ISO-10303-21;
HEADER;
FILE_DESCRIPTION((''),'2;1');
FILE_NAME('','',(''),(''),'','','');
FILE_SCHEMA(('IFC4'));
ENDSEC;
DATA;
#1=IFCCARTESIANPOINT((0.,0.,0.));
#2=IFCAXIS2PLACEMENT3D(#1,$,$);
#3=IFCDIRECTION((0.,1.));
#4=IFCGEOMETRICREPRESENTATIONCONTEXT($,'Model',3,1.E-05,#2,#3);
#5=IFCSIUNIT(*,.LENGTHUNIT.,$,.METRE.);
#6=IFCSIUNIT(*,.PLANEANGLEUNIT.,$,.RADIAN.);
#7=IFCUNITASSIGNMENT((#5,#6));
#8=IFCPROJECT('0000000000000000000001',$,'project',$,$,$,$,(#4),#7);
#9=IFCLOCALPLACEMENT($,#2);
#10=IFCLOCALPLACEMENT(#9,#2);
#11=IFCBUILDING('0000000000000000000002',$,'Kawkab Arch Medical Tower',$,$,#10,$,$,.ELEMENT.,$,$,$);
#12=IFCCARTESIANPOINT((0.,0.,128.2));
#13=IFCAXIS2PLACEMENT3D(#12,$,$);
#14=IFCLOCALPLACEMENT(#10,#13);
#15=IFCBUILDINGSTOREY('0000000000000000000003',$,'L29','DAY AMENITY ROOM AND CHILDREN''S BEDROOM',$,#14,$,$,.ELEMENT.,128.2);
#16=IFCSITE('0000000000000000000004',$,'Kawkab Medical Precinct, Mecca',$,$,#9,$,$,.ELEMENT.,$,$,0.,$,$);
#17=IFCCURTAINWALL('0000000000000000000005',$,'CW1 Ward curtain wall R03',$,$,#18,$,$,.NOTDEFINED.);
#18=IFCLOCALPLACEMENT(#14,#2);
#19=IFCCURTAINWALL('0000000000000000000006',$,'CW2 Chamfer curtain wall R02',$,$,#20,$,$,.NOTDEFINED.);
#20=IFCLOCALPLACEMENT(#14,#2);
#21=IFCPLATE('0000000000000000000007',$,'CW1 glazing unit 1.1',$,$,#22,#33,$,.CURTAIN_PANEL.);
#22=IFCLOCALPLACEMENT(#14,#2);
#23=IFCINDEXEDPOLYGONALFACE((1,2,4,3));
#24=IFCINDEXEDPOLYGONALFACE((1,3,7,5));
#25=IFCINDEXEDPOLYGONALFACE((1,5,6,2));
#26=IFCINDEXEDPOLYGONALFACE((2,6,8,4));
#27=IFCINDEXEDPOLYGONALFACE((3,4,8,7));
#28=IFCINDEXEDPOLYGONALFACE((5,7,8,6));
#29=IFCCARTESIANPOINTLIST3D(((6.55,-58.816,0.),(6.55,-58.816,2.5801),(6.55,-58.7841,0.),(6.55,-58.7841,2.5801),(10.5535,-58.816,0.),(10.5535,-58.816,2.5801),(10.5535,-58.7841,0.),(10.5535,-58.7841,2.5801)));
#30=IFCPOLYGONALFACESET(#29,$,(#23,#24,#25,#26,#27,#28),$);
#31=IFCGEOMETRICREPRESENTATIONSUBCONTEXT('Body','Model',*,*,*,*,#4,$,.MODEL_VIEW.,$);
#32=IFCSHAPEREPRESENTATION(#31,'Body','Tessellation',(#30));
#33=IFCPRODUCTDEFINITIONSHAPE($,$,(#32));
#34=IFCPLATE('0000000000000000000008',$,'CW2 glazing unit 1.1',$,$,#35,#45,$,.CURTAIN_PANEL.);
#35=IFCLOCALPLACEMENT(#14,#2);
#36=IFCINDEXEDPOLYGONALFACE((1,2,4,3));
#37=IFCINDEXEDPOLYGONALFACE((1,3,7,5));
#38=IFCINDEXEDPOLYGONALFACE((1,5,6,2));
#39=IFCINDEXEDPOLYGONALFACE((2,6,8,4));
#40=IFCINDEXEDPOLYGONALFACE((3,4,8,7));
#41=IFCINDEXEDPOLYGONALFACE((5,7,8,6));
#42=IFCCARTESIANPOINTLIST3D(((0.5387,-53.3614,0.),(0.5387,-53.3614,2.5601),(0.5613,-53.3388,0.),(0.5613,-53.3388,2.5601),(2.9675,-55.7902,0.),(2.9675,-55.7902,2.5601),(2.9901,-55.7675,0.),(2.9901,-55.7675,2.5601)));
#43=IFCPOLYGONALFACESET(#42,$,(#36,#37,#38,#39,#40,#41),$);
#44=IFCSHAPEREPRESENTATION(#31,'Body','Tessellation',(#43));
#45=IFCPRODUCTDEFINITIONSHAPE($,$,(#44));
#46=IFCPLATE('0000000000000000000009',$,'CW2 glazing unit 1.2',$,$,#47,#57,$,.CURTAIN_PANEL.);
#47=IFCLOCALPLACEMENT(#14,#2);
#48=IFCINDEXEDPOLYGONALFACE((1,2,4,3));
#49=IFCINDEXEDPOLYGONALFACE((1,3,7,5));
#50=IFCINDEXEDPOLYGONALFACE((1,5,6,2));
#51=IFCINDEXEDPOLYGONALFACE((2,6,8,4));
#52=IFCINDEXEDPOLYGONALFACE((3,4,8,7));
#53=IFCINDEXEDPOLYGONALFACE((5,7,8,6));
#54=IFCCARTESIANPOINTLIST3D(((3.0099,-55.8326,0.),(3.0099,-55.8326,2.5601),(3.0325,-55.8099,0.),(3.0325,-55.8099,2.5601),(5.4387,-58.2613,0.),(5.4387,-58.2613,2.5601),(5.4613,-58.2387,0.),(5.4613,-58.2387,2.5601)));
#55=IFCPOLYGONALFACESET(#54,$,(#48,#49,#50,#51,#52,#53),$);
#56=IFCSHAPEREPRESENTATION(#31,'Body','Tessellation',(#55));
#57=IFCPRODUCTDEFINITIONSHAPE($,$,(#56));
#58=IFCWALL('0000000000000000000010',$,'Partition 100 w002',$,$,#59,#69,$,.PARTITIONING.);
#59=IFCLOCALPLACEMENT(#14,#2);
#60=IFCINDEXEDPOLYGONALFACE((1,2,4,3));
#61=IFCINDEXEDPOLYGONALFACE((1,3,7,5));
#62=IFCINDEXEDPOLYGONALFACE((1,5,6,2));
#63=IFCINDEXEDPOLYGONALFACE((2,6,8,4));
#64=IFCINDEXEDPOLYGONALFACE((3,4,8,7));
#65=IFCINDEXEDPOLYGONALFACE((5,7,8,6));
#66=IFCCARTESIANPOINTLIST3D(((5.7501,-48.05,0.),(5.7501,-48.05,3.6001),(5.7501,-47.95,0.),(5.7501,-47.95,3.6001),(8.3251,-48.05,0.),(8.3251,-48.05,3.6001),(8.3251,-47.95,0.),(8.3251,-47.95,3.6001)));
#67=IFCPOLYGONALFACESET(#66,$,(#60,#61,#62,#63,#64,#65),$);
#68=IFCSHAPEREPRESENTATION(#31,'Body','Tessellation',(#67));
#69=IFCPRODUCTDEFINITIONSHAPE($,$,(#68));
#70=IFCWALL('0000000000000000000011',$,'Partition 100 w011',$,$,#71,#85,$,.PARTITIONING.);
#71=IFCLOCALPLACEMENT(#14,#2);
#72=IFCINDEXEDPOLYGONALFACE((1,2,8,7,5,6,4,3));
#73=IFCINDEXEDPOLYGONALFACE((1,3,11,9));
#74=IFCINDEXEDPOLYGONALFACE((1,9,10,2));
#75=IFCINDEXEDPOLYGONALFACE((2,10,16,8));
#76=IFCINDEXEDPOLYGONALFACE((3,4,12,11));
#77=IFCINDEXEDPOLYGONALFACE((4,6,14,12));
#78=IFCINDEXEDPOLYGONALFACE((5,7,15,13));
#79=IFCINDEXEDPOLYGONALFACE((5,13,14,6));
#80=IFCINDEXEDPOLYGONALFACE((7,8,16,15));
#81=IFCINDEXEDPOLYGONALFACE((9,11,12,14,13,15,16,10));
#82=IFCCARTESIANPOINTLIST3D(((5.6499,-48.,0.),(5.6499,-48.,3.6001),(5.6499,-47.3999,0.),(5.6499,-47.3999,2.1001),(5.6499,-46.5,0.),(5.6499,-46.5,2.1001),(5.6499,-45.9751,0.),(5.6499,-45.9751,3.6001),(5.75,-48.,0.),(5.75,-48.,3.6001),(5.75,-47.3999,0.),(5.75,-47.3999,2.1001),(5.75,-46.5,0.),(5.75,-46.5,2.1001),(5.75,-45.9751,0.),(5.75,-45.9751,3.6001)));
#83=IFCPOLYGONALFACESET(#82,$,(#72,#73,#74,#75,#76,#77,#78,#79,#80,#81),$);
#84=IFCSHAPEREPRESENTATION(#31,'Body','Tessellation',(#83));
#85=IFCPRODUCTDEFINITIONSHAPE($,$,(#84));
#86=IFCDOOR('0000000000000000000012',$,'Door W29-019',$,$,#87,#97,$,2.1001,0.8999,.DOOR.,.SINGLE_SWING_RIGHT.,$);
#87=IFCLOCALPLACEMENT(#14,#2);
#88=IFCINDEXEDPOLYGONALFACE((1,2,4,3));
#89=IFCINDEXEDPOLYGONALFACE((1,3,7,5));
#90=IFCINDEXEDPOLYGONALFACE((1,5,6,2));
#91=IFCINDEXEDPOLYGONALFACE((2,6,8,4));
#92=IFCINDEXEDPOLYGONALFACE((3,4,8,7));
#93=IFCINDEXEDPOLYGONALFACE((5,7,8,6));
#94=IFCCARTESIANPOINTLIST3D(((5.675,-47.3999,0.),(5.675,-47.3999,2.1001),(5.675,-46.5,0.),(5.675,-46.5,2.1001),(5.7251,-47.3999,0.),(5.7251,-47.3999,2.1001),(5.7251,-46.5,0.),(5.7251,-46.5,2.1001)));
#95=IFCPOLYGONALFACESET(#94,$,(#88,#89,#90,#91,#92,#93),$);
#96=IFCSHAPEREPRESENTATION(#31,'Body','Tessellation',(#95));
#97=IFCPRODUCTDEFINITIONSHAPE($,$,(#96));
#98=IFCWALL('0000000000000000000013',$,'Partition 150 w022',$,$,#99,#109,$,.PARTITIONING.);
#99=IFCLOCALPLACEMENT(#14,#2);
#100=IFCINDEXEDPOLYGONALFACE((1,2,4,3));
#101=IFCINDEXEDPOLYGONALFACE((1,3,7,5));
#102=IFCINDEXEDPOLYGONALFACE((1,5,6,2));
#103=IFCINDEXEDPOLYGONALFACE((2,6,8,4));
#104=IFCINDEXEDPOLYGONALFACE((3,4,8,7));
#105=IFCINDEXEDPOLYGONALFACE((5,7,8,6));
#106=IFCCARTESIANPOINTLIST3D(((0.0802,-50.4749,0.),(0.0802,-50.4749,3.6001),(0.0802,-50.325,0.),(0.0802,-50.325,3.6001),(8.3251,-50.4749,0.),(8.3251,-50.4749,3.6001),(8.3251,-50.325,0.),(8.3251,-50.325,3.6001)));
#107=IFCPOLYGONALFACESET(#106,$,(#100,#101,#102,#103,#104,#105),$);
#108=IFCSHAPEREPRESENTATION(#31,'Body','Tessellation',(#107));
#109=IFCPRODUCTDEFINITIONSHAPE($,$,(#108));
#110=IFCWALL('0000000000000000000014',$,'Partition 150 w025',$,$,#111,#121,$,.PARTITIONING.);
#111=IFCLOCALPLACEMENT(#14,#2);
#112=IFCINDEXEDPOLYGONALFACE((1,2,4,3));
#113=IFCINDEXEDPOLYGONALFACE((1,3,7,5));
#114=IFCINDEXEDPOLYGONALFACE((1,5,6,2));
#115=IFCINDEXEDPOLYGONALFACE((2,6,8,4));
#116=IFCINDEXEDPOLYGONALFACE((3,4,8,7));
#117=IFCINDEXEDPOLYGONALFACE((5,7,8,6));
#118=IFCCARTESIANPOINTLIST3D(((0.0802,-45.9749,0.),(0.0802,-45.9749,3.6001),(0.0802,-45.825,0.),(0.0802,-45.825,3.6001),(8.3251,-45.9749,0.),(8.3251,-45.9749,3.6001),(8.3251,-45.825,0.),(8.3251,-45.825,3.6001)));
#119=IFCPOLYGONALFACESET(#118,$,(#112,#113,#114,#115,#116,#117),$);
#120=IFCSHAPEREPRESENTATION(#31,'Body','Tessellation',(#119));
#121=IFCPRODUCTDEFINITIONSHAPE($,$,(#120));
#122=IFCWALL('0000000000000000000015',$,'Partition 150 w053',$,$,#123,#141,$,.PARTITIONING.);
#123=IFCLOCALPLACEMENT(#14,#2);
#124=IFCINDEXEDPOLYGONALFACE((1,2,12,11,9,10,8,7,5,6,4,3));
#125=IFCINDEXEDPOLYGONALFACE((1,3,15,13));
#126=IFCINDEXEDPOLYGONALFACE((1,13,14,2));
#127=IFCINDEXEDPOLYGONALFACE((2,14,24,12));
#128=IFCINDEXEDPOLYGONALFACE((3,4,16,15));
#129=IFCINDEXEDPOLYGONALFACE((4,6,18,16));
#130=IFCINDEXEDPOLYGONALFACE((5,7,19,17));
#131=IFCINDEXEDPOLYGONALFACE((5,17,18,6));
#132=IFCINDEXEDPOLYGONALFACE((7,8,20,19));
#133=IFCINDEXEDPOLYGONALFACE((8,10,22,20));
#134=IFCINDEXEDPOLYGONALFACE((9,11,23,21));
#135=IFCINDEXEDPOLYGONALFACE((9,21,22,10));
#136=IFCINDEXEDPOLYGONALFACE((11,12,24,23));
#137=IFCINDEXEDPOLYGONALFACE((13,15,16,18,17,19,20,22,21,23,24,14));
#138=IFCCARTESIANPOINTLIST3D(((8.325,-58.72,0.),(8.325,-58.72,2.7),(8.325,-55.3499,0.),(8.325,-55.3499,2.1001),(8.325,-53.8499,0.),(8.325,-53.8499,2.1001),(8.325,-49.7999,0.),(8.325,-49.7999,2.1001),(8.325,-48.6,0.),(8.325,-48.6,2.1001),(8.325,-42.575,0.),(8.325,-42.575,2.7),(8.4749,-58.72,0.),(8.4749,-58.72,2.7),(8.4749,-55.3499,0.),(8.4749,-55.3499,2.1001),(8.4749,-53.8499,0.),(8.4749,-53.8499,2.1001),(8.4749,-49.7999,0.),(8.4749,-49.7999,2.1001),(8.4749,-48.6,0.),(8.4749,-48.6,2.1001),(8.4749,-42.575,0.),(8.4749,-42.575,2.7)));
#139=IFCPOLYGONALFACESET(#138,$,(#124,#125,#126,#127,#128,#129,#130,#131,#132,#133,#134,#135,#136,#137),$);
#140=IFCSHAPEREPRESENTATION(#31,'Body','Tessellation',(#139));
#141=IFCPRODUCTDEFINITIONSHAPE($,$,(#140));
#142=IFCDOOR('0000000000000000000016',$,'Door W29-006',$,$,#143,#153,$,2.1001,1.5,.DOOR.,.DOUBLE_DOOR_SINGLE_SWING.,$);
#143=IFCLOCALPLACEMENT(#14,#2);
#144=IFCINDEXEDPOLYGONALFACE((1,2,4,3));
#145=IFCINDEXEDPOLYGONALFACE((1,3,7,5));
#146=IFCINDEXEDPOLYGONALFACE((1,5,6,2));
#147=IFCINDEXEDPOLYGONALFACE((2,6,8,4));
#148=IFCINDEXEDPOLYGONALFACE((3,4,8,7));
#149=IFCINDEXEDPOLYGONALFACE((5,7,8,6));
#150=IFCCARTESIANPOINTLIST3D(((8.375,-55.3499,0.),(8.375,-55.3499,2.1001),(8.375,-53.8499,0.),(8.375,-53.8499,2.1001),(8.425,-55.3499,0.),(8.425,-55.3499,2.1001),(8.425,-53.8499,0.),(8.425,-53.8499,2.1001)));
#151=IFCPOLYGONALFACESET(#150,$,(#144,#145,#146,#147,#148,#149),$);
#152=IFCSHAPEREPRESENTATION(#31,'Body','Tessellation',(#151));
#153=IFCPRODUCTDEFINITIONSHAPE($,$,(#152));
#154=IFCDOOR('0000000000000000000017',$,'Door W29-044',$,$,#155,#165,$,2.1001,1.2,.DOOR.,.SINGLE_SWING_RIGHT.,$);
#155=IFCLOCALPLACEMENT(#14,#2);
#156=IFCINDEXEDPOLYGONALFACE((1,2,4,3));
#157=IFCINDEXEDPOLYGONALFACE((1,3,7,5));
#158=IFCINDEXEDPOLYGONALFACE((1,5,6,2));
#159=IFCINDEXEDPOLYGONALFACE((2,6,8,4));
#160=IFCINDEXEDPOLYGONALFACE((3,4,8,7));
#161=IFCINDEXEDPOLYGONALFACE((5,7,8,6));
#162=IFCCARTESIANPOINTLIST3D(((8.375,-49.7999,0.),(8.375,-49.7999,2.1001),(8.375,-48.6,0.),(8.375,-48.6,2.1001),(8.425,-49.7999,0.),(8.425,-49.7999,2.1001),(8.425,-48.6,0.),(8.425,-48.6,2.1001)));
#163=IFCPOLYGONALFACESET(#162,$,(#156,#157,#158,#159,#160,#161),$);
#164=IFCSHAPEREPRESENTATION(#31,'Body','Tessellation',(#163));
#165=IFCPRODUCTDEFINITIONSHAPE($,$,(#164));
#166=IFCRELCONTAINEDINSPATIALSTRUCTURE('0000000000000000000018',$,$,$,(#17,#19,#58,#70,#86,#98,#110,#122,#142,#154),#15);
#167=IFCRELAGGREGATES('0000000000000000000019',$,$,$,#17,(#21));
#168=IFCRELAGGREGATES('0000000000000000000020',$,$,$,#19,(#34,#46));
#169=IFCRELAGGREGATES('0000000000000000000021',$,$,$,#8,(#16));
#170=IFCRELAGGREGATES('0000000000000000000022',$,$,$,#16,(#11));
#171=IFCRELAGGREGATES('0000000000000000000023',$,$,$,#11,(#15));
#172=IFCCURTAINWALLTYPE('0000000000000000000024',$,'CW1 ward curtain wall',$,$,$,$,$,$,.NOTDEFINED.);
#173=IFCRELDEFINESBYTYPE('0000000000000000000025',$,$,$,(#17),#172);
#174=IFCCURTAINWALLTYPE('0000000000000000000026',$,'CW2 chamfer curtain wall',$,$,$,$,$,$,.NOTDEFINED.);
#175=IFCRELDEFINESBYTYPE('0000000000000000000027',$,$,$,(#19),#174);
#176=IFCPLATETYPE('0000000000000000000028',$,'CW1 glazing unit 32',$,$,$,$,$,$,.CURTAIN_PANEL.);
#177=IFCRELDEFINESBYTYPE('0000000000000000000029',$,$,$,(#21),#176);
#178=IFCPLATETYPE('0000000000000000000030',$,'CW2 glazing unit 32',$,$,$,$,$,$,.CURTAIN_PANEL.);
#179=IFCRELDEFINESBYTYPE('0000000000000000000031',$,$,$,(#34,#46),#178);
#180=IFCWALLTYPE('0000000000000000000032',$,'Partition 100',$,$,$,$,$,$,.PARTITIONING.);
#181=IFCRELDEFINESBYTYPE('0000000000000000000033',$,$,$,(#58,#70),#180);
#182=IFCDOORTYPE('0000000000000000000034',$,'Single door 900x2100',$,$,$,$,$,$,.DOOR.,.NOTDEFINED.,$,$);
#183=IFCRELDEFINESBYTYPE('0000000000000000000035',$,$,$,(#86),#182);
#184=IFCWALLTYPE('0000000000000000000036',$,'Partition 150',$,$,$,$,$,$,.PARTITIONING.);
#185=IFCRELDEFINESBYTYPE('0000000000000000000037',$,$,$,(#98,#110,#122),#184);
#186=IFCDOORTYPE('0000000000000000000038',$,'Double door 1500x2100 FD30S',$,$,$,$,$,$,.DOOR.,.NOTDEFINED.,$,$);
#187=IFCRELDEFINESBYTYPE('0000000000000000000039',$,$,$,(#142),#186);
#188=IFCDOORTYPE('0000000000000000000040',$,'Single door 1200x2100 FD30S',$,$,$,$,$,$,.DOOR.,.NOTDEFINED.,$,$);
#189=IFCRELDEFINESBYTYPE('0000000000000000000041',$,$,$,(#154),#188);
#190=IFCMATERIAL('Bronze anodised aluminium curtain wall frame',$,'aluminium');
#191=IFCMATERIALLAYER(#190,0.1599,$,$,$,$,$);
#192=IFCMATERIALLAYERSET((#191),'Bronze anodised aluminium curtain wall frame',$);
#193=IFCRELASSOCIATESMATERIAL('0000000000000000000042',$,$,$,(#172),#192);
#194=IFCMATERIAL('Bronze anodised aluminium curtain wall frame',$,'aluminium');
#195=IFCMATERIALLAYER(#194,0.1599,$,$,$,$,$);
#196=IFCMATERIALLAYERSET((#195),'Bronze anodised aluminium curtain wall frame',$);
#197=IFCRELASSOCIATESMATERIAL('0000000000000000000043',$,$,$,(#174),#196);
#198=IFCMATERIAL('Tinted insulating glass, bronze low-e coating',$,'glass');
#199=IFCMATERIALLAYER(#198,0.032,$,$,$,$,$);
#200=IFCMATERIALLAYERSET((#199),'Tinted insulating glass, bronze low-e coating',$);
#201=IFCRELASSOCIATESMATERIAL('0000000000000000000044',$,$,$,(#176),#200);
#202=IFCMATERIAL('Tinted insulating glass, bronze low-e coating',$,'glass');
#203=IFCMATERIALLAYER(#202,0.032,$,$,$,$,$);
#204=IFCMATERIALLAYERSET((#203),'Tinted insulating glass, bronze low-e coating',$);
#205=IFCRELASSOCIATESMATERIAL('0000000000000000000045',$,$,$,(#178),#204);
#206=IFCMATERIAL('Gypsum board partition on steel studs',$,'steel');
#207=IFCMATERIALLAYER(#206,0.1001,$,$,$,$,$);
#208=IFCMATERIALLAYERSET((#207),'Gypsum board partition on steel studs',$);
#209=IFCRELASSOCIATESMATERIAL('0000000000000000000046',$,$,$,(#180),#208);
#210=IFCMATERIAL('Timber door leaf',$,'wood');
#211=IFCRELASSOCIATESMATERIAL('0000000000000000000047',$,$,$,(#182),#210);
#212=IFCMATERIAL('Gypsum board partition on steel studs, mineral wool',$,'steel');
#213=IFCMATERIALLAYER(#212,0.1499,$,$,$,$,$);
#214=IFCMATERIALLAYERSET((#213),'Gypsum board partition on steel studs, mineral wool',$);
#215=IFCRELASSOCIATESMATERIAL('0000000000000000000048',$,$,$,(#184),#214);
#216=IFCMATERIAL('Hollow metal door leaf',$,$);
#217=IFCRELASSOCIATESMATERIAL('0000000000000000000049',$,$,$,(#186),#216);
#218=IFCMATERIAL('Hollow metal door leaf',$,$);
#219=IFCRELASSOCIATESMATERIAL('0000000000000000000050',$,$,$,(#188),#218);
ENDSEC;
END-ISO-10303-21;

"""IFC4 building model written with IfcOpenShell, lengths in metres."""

from ifc_helpers import new_model, si_unit, direction, frame, frame_2d, origin, origin_2d, place, context, subcontext, project, spatial, rectangle, extrude, material, layer, layer_set, type_object, element, fill, aggregate, save


model = new_model("IFC4")

# Units and contexts
model_context = context("Model", 3, precision=1e-05, world=origin(), true_north=direction((0.0, 1.0)))
body_context = subcontext(model_context, "Body", "Model", "MODEL_VIEW")
ifc_project = project(units=[si_unit("LENGTHUNIT", "METRE"), si_unit("PLANEANGLEUNIT", "RADIAN")], contexts=[model_context])

# Site, building, storey
site_placement = place(None, origin())
site = spatial("IfcSite", under=ifc_project, at=site_placement, Name="Kawkab Medical Precinct, Mecca", CompositionType="ELEMENT", RefElevation=0.0)
building_placement = place(site_placement, origin())
building = spatial("IfcBuilding", under=site, at=building_placement, Name="Kawkab Arch Medical Tower", CompositionType="ELEMENT")
storey_placement = place(building_placement, frame((0.0, 0.0, 128.2)))
storey = spatial("IfcBuildingStorey", under=building, at=storey_placement, Name="L29", Description="DAY AMENITY ROOM AND CHILDREN'S BEDROOM", CompositionType="ELEMENT", Elevation=128.2)

# Shared definitions
ifc_material_1 = material(Name="Bronze anodised aluminium curtain wall frame", Category="aluminium")
ifc_layer_1 = layer(ifc_material_1, 0.1599)
ifc_layer_set_1 = layer_set([ifc_layer_1], Name="Bronze anodised aluminium curtain wall frame")
curtain_wall_type_1 = type_object("IfcCurtainWallType", Name="CW1 ward curtain wall", PredefinedType="NOTDEFINED", material=ifc_layer_set_1)
placement = place(storey_placement, origin())

# Curtain wall
curtain_wall_1 = element("IfcCurtainWall", 1, at=placement, inside=storey, type_object=curtain_wall_type_1, Name="CW1 Ward curtain wall R03", PredefinedType="NOTDEFINED")

# Curtain wall
ifc_material_2 = material(Name="Bronze anodised aluminium curtain wall frame", Category="aluminium")
ifc_layer_2 = layer(ifc_material_2, 0.1599)
ifc_layer_set_2 = layer_set([ifc_layer_2], Name="Bronze anodised aluminium curtain wall frame")
curtain_wall_type_2 = type_object("IfcCurtainWallType", Name="CW2 chamfer curtain wall", PredefinedType="NOTDEFINED", material=ifc_layer_set_2)
curtain_wall_2 = element("IfcCurtainWall", 2, at=placement, inside=storey, type_object=curtain_wall_type_2, Name="CW2 Chamfer curtain wall R02", PredefinedType="NOTDEFINED")

# Plates
ifc_material_3 = material(Name="Tinted insulating glass, bronze low-e coating", Category="glass")
ifc_layer_3 = layer(ifc_material_3, 0.032)
ifc_layer_set_3 = layer_set([ifc_layer_3], Name="Tinted insulating glass, bronze low-e coating")
plate_type_1 = type_object("IfcPlateType", Name="CW1 glazing unit 32", PredefinedType="CURTAIN_PANEL", material=ifc_layer_set_3)
plate_1_placement = place(storey_placement, frame((8.5518, -58.8, 0.0), z_axis=(0.0, 0.0, 1.0), x_axis=(1.0, 0.0, 0.0)))
plate_1 = element("IfcPlate", 3, at=plate_1_placement, type_object=plate_type_1, Name="CW1 glazing unit 1.1", PredefinedType="CURTAIN_PANEL", context=body_context, shape_type="SweptSolid", body=[
    extrude(rectangle(XDim=4.0034, YDim=0.032, at=origin_2d()), origin(), (0.0, 0.0, 1.0), 2.5801),
])
aggregate(curtain_wall_1, [plate_1])
ifc_material_4 = material(Name="Tinted insulating glass, bronze low-e coating", Category="glass")
ifc_layer_4 = layer(ifc_material_4, 0.032)
ifc_layer_set_4 = layer_set([ifc_layer_4], Name="Tinted insulating glass, bronze low-e coating")
plate_type_2 = type_object("IfcPlateType", Name="CW2 glazing unit 32", PredefinedType="CURTAIN_PANEL", material=ifc_layer_set_4)
plate_2_placement = place(storey_placement, frame((1.7644, -54.5645, 0.0), z_axis=(0.0, 0.0, 1.0), x_axis=(0.707107, -0.707107, 0.0)))
plate_2 = element("IfcPlate", 4, at=plate_2_placement, type_object=plate_type_2, Name="CW2 glazing unit 1.1", PredefinedType="CURTAIN_PANEL", context=body_context, shape_type="SweptSolid", body=[
    extrude(rectangle(XDim=3.4348, YDim=0.032, at=origin_2d()), origin(), (0.0, 0.0, 1.0), 2.5601),
])
plate_3_placement = place(storey_placement, frame((4.2356, -57.0356, 0.0), z_axis=(0.0, 0.0, 1.0), x_axis=(0.707107, -0.707107, 0.0)))
plate_3 = element("IfcPlate", 5, at=plate_3_placement, type_object=plate_type_2, Name="CW2 glazing unit 1.2", PredefinedType="CURTAIN_PANEL", context=body_context, shape_type="SweptSolid", body=[
    extrude(rectangle(XDim=3.4348, YDim=0.032, at=origin_2d()), origin(), (0.0, 0.0, 1.0), 2.5601),
])
aggregate(curtain_wall_2, [plate_2, plate_3])

# Wall
ifc_material_5 = material(Name="Gypsum board partition on steel studs", Category="steel")
ifc_layer_5 = layer(ifc_material_5, 0.1001)
ifc_layer_set_5 = layer_set([ifc_layer_5], Name="Gypsum board partition on steel studs")
wall_type_1 = type_object("IfcWallType", Name="Partition 100", PredefinedType="PARTITIONING", material=ifc_layer_set_5)
wall_1_placement = place(storey_placement, frame((5.75, -48.0, 0.0), z_axis=(0.0, 0.0, 1.0), x_axis=(1.0, 0.0, 0.0)))
element("IfcWall", 6, at=wall_1_placement, inside=storey, type_object=wall_type_1, Name="Partition 100 w002", PredefinedType="PARTITIONING", context=body_context, shape_type="SweptSolid", body=[
    extrude(rectangle(XDim=2.575, YDim=0.1001, at=frame_2d((1.2876, 0.0))), origin(), (0.0, 0.0, 1.0), 3.6001),
])

# Wall, opening, door
wall_2_placement = place(storey_placement, frame((5.7, -48.0, 0.0), z_axis=(0.0, 0.0, 1.0), x_axis=(0.0, 1.0, 0.0)))
wall_2 = element("IfcWall", 7, at=wall_2_placement, inside=storey, type_object=wall_type_1, Name="Partition 100 w011", PredefinedType="PARTITIONING", context=body_context, shape_type="SweptSolid", body=[
    extrude(rectangle(XDim=2.0249, YDim=0.1001, at=frame_2d((1.0125, 0.0))), origin(), (0.0, 0.0, 1.0), 3.6001),
])
opening_1_placement = place(wall_2_placement, frame((0.6001, 0.0, 0.0)))
opening_1 = element("IfcOpeningElement", 8, at=opening_1_placement, cuts=wall_2, PredefinedType="OPENING", context=body_context, shape_type="SweptSolid", body=[
    extrude(rectangle(XDim=0.8999, YDim=2.1001, at=frame_2d((0.45, 1.05))), frame((0.0, 0.0601, 0.0), z_axis=(0.0, -1.0, 0.0), x_axis=(1.0, 0.0, 0.0)), (0.0, 0.0, 1.0), 0.1201),
])
ifc_material_6 = material(Name="Timber door leaf", Category="wood")
door_type_1 = type_object("IfcDoorType", Name="Single door 900x2100", OperationType="NOTDEFINED", PredefinedType="DOOR", material=ifc_material_6)
door_1_placement = place(opening_1_placement, origin())
door_1 = element("IfcDoor", 9, at=door_1_placement, inside=storey, type_object=door_type_1, Name="Door W29-019", OperationType="SINGLE_SWING_RIGHT", OverallHeight=2.1001, OverallWidth=0.8999, PredefinedType="DOOR", context=body_context, shape_type="SweptSolid", body=[
    extrude(rectangle(XDim=0.8999, YDim=2.1001, at=frame_2d((0.45, 1.05))), frame((0.0, 0.0249, 0.0), z_axis=(0.0, -1.0, 0.0), x_axis=(1.0, 0.0, 0.0)), (0.0, 0.0, 1.0), 0.05),
])
fill(opening_1, door_1)

# Walls
ifc_material_7 = material(Name="Gypsum board partition on steel studs, mineral wool", Category="steel")
ifc_layer_6 = layer(ifc_material_7, 0.1499)
ifc_layer_set_6 = layer_set([ifc_layer_6], Name="Gypsum board partition on steel studs, mineral wool")
wall_type_2 = type_object("IfcWallType", Name="Partition 150", PredefinedType="PARTITIONING", material=ifc_layer_set_6)
for number, where, z_axis, x_axis, name in (
    (10, (0.0801, -50.3999, 0.0), (0.0, 0.0, 1.0), (1.0, 0.0, 0.0), "Partition 150 w022"),
    (11, (0.0801, -45.8999, 0.0), (0.0, 0.0, 1.0), (1.0, 0.0, 0.0), "Partition 150 w025"),
):
    element("IfcWall", number, at=place(storey_placement, frame(where, z_axis=z_axis, x_axis=x_axis)), inside=storey, type_object=wall_type_2, Name=name, PredefinedType="PARTITIONING", context=body_context, shape_type="SweptSolid", body=[
        extrude(rectangle(XDim=8.2449, YDim=0.1499, at=frame_2d((4.1226, 0.0))), origin(), (0.0, 0.0, 1.0), 3.6001),
    ])

# Wall, openings, doors
wall_3_placement = place(storey_placement, frame((8.3999, -58.72, 0.0), z_axis=(0.0, 0.0, 1.0), x_axis=(0.0, 1.0, 0.0)))
wall_3 = element("IfcWall", 12, at=wall_3_placement, inside=storey, type_object=wall_type_2, Name="Partition 150 w053", PredefinedType="PARTITIONING", context=body_context, shape_type="SweptSolid", body=[
    extrude(rectangle(XDim=16.145, YDim=0.1499, at=frame_2d((8.0725, 0.0))), origin(), (0.0, 0.0, 1.0), 2.7),
])
opening_2_placement = place(wall_3_placement, frame((8.9199, 0.0, 0.0)))
opening_2 = element("IfcOpeningElement", 13, at=opening_2_placement, cuts=wall_3, PredefinedType="OPENING", context=body_context, shape_type="SweptSolid", body=[
    extrude(rectangle(XDim=1.2, YDim=2.1001, at=frame_2d((0.6001, 1.05))), frame((0.0, 0.085, 0.0), z_axis=(0.0, -1.0, 0.0), x_axis=(1.0, 0.0, 0.0)), (0.0, 0.0, 1.0), 0.1699),
])
opening_3_placement = place(wall_3_placement, frame((3.3701, 0.0, 0.0)))
opening_3 = element("IfcOpeningElement", 14, at=opening_3_placement, cuts=wall_3, PredefinedType="OPENING", context=body_context, shape_type="SweptSolid", body=[
    extrude(rectangle(XDim=1.5, YDim=2.1001, at=frame_2d((0.75, 1.05))), frame((0.0, 0.085, 0.0), z_axis=(0.0, -1.0, 0.0), x_axis=(1.0, 0.0, 0.0)), (0.0, 0.0, 1.0), 0.1699),
])
ifc_material_8 = material(Name="Hollow metal door leaf")
door_type_2 = type_object("IfcDoorType", Name="Double door 1500x2100 FD30S", OperationType="NOTDEFINED", PredefinedType="DOOR", material=ifc_material_8)
door_2_placement = place(opening_3_placement, origin())
door_2 = element("IfcDoor", 15, at=door_2_placement, inside=storey, type_object=door_type_2, Name="Door W29-006", OperationType="DOUBLE_DOOR_SINGLE_SWING", OverallHeight=2.1001, OverallWidth=1.5, PredefinedType="DOOR", context=body_context, shape_type="SweptSolid", body=[
    extrude(rectangle(XDim=1.5, YDim=2.1001, at=frame_2d((0.75, 1.05))), frame((0.0, 0.0249, 0.0), z_axis=(0.0, -1.0, 0.0), x_axis=(1.0, 0.0, 0.0)), (0.0, 0.0, 1.0), 0.05),
])
fill(opening_3, door_2)
ifc_material_9 = material(Name="Hollow metal door leaf")
door_type_3 = type_object("IfcDoorType", Name="Single door 1200x2100 FD30S", OperationType="NOTDEFINED", PredefinedType="DOOR", material=ifc_material_9)
door_3_placement = place(opening_2_placement, origin())
door_3 = element("IfcDoor", 16, at=door_3_placement, inside=storey, type_object=door_type_3, Name="Door W29-044", OperationType="SINGLE_SWING_RIGHT", OverallHeight=2.1001, OverallWidth=1.2, PredefinedType="DOOR", context=body_context, shape_type="SweptSolid", body=[
    extrude(rectangle(XDim=1.2, YDim=2.1001, at=frame_2d((0.6001, 1.05))), frame((0.0, 0.0249, 0.0), z_axis=(0.0, -1.0, 0.0), x_axis=(1.0, 0.0, 0.0)), (0.0, 0.0, 1.0), 0.05),
])
fill(opening_2, door_3)

save(model, "model.ifc")
